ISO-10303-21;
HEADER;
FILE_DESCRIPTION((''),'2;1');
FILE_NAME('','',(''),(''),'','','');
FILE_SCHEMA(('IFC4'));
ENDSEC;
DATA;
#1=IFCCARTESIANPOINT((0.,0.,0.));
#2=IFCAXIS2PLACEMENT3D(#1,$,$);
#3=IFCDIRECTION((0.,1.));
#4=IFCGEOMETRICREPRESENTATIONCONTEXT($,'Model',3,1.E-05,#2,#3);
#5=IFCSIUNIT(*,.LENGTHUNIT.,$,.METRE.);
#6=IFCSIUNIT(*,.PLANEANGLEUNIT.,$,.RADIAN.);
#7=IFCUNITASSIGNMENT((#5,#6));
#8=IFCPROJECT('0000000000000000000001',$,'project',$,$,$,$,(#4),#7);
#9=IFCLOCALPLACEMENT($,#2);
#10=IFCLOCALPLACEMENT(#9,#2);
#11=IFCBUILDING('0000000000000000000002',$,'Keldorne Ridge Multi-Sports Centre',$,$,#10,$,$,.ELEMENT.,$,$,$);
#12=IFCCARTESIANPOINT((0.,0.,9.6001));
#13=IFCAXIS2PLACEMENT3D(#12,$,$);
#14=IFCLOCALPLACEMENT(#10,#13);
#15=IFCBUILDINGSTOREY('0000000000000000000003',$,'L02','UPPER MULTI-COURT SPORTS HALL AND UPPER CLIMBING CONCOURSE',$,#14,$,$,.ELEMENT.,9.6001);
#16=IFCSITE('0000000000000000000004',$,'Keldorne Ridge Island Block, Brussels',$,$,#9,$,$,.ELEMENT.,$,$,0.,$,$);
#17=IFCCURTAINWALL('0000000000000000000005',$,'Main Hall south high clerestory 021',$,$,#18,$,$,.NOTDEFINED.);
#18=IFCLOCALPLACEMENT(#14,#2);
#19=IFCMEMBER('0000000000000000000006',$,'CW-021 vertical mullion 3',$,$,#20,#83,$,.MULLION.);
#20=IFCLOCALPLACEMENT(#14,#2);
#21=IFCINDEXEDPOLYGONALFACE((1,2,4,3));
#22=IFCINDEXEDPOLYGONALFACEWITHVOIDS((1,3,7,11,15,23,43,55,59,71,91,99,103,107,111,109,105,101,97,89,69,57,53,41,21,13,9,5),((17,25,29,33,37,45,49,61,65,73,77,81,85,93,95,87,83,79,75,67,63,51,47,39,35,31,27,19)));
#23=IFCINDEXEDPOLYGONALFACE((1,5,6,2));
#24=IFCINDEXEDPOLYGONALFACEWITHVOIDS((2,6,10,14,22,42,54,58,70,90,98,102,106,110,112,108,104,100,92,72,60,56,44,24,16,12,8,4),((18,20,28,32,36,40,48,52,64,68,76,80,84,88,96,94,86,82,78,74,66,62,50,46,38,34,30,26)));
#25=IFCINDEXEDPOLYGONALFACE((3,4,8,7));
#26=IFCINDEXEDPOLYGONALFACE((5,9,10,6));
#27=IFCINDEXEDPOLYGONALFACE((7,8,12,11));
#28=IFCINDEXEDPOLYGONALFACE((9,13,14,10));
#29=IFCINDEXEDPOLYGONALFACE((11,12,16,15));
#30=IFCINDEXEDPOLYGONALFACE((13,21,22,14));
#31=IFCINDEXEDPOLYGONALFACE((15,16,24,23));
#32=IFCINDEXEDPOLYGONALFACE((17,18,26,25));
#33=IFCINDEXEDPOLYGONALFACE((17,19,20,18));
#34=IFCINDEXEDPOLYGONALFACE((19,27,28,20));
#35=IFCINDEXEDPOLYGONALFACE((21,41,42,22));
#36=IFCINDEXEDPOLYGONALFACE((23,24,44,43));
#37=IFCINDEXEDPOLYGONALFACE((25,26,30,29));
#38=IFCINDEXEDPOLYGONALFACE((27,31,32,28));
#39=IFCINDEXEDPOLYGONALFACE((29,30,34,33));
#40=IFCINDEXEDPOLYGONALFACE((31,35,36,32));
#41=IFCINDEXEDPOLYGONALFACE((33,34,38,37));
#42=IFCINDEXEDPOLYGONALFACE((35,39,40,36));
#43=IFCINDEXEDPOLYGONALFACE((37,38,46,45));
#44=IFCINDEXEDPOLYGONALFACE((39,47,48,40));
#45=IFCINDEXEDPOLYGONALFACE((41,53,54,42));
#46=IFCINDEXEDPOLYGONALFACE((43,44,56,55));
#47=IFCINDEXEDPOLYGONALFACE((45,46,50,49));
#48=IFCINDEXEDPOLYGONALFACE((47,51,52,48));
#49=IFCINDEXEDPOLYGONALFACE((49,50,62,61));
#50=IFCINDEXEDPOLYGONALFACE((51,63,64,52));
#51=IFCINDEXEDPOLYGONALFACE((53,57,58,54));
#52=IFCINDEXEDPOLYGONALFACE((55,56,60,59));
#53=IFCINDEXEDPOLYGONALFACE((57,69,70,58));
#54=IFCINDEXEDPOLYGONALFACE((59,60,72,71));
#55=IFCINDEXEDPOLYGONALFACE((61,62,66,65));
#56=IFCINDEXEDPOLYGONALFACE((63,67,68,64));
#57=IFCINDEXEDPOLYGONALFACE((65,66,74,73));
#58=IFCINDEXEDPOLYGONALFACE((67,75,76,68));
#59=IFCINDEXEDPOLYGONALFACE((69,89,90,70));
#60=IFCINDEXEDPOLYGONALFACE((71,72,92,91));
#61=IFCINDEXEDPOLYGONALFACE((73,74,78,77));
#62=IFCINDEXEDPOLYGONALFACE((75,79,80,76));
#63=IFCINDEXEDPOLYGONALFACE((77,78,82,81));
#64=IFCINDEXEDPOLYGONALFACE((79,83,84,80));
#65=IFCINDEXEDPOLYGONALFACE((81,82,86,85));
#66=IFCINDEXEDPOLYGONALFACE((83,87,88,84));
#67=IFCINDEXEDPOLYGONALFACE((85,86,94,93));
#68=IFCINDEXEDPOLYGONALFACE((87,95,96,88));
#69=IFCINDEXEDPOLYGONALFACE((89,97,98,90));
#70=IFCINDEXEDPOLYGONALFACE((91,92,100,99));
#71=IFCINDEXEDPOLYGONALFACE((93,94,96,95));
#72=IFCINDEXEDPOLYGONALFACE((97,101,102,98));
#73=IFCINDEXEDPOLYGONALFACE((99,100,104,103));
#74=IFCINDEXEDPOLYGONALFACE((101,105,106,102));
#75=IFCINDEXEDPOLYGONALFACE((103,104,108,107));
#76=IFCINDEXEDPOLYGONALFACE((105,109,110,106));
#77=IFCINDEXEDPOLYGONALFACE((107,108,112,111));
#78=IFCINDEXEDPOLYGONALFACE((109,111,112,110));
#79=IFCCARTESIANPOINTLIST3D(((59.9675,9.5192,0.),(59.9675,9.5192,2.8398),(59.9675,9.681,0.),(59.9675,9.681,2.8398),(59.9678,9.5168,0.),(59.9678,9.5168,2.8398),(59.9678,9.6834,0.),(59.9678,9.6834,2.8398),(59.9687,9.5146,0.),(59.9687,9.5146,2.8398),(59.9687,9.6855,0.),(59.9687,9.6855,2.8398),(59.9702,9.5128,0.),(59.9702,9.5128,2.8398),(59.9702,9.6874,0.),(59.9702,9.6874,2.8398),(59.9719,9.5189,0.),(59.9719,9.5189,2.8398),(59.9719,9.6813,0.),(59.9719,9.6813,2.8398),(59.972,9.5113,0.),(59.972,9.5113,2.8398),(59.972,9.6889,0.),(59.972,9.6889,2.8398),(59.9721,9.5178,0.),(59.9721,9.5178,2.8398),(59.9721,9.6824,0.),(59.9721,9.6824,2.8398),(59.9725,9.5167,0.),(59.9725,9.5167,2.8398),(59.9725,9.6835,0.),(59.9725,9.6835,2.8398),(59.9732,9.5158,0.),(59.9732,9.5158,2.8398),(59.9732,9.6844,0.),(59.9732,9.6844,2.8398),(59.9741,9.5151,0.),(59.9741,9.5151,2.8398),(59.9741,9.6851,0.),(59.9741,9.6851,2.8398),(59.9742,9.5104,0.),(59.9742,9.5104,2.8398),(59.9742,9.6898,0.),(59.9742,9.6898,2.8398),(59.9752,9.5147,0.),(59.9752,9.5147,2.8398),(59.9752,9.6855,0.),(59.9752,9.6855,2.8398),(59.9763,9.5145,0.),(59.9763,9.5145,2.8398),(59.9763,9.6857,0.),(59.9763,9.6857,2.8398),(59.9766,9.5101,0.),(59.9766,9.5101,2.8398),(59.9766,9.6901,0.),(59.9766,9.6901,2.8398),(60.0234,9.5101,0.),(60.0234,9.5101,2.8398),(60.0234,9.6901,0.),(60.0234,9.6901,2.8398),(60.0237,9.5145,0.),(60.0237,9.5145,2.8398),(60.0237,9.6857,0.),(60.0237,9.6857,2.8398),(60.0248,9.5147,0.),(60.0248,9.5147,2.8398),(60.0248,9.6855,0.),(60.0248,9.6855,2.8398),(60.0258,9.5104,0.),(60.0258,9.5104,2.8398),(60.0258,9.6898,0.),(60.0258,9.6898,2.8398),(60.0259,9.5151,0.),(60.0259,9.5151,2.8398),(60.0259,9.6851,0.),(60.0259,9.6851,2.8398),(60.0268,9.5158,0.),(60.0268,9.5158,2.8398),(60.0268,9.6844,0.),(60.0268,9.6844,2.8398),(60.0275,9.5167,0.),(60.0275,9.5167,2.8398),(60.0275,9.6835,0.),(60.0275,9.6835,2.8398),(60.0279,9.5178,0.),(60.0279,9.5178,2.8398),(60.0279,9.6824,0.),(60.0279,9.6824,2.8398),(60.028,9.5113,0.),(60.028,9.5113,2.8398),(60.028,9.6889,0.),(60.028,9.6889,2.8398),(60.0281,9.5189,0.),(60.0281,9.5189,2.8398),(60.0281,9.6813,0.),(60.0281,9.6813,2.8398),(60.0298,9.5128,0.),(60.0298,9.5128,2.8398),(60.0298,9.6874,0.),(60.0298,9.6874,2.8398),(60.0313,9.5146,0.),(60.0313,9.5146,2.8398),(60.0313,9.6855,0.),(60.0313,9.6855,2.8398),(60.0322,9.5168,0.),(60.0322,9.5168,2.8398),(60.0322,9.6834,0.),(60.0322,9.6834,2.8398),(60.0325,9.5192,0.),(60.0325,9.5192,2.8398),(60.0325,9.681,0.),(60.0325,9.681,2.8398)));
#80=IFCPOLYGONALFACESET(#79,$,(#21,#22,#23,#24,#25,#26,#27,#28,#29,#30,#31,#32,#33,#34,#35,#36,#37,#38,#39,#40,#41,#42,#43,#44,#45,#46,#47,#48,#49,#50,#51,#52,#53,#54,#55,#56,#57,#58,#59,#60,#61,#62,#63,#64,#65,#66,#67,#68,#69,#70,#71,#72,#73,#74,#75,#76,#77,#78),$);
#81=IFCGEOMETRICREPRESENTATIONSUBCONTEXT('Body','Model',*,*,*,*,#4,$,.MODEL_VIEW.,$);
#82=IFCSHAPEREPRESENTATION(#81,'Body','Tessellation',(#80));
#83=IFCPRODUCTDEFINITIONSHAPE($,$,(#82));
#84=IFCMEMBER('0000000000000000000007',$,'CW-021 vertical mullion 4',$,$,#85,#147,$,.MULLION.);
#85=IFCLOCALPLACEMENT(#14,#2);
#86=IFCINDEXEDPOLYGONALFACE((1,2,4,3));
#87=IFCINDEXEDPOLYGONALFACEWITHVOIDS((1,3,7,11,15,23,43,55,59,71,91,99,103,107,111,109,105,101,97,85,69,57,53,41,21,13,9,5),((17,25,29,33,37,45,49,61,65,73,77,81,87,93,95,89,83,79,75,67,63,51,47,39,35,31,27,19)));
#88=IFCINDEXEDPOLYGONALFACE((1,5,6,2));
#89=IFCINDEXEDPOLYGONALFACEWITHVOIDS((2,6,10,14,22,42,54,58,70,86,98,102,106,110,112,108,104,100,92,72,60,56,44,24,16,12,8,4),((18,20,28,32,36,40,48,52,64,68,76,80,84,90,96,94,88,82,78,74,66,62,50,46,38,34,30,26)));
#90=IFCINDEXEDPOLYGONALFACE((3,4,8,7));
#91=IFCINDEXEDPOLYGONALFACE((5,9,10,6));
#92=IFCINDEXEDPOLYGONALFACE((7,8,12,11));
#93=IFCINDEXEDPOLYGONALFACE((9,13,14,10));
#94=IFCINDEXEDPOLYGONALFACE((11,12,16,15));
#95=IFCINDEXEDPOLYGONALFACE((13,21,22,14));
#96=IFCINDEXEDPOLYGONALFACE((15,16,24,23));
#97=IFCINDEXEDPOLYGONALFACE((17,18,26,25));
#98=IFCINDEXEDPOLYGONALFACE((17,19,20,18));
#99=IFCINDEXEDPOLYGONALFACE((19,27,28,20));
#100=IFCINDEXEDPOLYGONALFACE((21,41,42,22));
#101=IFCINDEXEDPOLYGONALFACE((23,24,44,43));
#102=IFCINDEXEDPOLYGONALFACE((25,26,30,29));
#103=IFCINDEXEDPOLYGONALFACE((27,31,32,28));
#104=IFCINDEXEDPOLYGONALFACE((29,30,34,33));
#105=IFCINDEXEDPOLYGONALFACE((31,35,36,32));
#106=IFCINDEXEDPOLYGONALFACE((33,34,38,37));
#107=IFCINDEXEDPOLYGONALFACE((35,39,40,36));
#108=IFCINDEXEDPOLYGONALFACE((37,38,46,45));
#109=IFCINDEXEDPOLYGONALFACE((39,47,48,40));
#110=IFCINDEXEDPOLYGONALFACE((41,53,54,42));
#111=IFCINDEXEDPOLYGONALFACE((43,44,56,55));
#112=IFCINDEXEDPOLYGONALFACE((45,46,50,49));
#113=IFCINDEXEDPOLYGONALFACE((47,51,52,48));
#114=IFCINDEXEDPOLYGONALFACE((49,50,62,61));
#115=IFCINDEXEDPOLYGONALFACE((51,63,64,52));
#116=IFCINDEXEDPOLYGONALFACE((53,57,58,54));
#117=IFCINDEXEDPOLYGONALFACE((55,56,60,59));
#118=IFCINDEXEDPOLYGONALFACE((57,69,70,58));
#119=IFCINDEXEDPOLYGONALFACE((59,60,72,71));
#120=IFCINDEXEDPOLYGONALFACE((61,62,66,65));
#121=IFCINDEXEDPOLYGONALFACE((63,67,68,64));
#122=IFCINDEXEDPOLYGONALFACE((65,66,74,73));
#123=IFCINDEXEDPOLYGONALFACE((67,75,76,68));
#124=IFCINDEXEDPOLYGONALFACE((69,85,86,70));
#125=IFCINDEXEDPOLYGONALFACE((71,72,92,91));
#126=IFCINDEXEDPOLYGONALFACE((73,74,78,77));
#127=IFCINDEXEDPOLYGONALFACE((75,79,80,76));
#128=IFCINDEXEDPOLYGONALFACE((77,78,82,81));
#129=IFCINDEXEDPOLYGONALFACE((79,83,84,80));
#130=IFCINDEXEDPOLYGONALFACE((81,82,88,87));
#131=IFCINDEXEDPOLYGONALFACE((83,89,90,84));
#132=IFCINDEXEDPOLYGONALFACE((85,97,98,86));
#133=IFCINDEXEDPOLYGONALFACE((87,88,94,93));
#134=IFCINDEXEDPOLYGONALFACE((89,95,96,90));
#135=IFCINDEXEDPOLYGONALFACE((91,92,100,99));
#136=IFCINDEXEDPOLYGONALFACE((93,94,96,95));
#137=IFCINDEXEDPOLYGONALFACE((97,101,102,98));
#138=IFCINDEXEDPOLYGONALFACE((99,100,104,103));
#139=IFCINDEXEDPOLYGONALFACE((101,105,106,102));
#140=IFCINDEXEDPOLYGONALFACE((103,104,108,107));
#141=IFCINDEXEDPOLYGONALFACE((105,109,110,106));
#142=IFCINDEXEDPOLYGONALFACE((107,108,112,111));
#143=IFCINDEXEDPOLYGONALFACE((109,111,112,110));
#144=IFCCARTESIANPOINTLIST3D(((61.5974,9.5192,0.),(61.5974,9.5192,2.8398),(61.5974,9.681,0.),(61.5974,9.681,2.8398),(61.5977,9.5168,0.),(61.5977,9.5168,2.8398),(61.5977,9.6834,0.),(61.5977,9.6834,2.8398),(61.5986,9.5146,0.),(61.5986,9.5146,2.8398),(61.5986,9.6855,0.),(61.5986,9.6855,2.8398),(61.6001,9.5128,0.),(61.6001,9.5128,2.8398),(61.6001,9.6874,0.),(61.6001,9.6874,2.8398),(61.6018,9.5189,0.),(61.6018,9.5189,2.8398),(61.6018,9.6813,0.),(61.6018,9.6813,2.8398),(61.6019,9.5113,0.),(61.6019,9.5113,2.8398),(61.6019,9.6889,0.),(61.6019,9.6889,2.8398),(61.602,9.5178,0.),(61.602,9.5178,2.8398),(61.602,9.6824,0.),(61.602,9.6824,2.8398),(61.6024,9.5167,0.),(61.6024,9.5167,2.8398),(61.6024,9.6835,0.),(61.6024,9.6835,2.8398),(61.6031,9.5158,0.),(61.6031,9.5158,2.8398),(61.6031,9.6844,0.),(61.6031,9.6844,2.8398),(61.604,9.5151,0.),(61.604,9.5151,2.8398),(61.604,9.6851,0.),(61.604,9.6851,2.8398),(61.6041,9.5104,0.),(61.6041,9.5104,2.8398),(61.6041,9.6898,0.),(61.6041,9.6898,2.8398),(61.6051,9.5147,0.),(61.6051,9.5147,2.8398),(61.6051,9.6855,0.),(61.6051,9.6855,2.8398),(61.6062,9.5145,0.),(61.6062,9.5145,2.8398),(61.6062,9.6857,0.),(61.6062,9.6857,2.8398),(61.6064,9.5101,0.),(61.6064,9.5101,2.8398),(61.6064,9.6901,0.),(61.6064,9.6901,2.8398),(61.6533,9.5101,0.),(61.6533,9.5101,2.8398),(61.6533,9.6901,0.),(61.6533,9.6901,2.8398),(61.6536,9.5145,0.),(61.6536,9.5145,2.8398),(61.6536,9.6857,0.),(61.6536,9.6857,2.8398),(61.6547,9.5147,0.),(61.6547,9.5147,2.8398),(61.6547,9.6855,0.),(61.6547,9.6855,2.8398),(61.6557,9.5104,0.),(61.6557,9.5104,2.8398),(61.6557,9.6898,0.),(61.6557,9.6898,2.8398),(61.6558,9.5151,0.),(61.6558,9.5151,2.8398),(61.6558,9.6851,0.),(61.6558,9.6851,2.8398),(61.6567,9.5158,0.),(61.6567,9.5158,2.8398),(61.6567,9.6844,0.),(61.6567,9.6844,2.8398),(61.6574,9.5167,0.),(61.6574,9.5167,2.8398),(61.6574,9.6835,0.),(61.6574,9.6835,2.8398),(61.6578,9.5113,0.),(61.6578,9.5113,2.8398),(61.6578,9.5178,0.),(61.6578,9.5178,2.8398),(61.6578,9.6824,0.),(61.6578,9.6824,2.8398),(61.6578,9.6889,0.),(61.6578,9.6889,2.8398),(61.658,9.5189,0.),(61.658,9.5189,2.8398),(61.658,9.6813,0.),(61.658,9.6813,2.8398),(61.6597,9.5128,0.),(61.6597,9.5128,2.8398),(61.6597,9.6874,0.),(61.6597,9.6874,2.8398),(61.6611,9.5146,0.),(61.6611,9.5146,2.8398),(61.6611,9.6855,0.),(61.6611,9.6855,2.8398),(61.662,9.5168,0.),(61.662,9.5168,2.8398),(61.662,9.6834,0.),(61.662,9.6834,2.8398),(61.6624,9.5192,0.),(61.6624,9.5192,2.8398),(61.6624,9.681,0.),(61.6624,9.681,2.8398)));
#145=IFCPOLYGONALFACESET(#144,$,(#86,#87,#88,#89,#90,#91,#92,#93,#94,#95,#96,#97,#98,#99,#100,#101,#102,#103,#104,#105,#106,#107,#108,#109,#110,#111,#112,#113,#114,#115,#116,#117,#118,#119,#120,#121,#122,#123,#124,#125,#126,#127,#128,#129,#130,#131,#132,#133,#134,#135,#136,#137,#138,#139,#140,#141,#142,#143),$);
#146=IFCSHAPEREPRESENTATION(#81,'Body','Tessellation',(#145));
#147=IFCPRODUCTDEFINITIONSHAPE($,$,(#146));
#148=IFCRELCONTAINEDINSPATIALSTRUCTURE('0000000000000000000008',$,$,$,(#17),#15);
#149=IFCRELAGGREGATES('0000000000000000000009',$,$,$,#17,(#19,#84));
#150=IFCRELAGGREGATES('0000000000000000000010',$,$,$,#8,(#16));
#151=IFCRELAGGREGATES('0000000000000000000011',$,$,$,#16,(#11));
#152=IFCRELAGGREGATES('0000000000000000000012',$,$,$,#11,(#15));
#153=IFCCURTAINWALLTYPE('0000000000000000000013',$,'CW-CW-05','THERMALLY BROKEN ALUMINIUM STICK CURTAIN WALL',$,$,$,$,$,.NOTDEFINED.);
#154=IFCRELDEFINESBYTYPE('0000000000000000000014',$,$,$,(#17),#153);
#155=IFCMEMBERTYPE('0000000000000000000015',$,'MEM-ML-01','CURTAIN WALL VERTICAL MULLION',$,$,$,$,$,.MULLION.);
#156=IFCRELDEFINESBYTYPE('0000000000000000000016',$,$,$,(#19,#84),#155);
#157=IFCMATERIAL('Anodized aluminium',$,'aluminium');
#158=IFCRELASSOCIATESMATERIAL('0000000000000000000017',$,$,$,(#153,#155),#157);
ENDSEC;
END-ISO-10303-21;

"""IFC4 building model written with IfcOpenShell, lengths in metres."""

from ifc_helpers import new_model, si_unit, direction, frame, origin, origin_2d, place, context, subcontext, project, spatial, hollow_rectangle, extrude, material, material_profile, profile_set, type_object, element, aggregate, save


model = new_model("IFC4")

# Units and contexts
model_context = context("Model", 3, precision=1e-05, world=origin(), true_north=direction((0.0, 1.0)))
body_context = subcontext(model_context, "Body", "Model", "MODEL_VIEW")
ifc_project = project(units=[si_unit("LENGTHUNIT", "METRE"), si_unit("PLANEANGLEUNIT", "RADIAN")], contexts=[model_context])

# Site, building, storey
site_placement = place(None, origin())
site = spatial("IfcSite", under=ifc_project, at=site_placement, Name="Keldorne Ridge Island Block, Brussels", CompositionType="ELEMENT", RefElevation=0.0)
building_placement = place(site_placement, origin())
building = spatial("IfcBuilding", under=site, at=building_placement, Name="Keldorne Ridge Multi-Sports Centre", CompositionType="ELEMENT")
storey_placement = place(building_placement, frame((0.0, 0.0, 9.6001)))
storey = spatial("IfcBuildingStorey", under=building, at=storey_placement, Name="L02", Description="UPPER MULTI-COURT SPORTS HALL AND UPPER CLIMBING CONCOURSE", CompositionType="ELEMENT", Elevation=9.6001)

# Curtain wall, members
ifc_material_1 = material(Name="Anodized aluminium", Category="aluminium")
curtain_wall_type = type_object("IfcCurtainWallType", Name="CW-CW-05", Description="THERMALLY BROKEN ALUMINIUM STICK CURTAIN WALL", PredefinedType="NOTDEFINED", material=ifc_material_1)
curtain_wall_placement = place(storey_placement, origin())
curtain_wall = element("IfcCurtainWall", 1, at=curtain_wall_placement, inside=storey, type_object=curtain_wall_type, Name="Main Hall south high clerestory 021", PredefinedType="NOTDEFINED")
ifc_material_profile_1 = material_profile(ifc_material_1, hollow_rectangle(XDim=0.0649, YDim=0.1799, WallThickness=0.0044, InnerFilletRadius=0.0044, OuterFilletRadius=0.009, at=origin_2d()), Name="ALU MULLION 180x65x4.5")
ifc_profile_set_1 = profile_set([ifc_material_profile_1], Name="Anodized aluminium")
member_type_1 = type_object("IfcMemberType", Name="MEM-ML-01", Description="CURTAIN WALL VERTICAL MULLION", PredefinedType="MULLION", material=ifc_profile_set_1)
member_1_placement = place(storey_placement, frame((60.0, 9.6001, 0.0), z_axis=(0.0, 0.0, 1.0), x_axis=(1.0, 0.0, 0.0)))
member_1 = element("IfcMember", 2, at=member_1_placement, type_object=member_type_1, Name="CW-021 vertical mullion 3", PredefinedType="MULLION", context=body_context, shape_type="SweptSolid", body=[
    extrude(hollow_rectangle(XDim=0.0649, YDim=0.1799, WallThickness=0.0044, InnerFilletRadius=0.0044, OuterFilletRadius=0.009, at=origin_2d()), origin(), (0.0, 0.0, 1.0), 2.8398),
])
member_2_placement = place(storey_placement, frame((61.6299, 9.6001, 0.0), z_axis=(0.0, 0.0, 1.0), x_axis=(1.0, 0.0, 0.0)))
member_2 = element("IfcMember", 3, at=member_2_placement, type_object=member_type_1, Name="CW-021 vertical mullion 4", PredefinedType="MULLION", context=body_context, shape_type="SweptSolid", body=[
    extrude(hollow_rectangle(XDim=0.0649, YDim=0.1799, WallThickness=0.0044, InnerFilletRadius=0.0044, OuterFilletRadius=0.009, at=origin_2d()), origin(), (0.0, 0.0, 1.0), 2.8398),
])
aggregate(curtain_wall, [member_1, member_2])

save(model, "model.ifc")
